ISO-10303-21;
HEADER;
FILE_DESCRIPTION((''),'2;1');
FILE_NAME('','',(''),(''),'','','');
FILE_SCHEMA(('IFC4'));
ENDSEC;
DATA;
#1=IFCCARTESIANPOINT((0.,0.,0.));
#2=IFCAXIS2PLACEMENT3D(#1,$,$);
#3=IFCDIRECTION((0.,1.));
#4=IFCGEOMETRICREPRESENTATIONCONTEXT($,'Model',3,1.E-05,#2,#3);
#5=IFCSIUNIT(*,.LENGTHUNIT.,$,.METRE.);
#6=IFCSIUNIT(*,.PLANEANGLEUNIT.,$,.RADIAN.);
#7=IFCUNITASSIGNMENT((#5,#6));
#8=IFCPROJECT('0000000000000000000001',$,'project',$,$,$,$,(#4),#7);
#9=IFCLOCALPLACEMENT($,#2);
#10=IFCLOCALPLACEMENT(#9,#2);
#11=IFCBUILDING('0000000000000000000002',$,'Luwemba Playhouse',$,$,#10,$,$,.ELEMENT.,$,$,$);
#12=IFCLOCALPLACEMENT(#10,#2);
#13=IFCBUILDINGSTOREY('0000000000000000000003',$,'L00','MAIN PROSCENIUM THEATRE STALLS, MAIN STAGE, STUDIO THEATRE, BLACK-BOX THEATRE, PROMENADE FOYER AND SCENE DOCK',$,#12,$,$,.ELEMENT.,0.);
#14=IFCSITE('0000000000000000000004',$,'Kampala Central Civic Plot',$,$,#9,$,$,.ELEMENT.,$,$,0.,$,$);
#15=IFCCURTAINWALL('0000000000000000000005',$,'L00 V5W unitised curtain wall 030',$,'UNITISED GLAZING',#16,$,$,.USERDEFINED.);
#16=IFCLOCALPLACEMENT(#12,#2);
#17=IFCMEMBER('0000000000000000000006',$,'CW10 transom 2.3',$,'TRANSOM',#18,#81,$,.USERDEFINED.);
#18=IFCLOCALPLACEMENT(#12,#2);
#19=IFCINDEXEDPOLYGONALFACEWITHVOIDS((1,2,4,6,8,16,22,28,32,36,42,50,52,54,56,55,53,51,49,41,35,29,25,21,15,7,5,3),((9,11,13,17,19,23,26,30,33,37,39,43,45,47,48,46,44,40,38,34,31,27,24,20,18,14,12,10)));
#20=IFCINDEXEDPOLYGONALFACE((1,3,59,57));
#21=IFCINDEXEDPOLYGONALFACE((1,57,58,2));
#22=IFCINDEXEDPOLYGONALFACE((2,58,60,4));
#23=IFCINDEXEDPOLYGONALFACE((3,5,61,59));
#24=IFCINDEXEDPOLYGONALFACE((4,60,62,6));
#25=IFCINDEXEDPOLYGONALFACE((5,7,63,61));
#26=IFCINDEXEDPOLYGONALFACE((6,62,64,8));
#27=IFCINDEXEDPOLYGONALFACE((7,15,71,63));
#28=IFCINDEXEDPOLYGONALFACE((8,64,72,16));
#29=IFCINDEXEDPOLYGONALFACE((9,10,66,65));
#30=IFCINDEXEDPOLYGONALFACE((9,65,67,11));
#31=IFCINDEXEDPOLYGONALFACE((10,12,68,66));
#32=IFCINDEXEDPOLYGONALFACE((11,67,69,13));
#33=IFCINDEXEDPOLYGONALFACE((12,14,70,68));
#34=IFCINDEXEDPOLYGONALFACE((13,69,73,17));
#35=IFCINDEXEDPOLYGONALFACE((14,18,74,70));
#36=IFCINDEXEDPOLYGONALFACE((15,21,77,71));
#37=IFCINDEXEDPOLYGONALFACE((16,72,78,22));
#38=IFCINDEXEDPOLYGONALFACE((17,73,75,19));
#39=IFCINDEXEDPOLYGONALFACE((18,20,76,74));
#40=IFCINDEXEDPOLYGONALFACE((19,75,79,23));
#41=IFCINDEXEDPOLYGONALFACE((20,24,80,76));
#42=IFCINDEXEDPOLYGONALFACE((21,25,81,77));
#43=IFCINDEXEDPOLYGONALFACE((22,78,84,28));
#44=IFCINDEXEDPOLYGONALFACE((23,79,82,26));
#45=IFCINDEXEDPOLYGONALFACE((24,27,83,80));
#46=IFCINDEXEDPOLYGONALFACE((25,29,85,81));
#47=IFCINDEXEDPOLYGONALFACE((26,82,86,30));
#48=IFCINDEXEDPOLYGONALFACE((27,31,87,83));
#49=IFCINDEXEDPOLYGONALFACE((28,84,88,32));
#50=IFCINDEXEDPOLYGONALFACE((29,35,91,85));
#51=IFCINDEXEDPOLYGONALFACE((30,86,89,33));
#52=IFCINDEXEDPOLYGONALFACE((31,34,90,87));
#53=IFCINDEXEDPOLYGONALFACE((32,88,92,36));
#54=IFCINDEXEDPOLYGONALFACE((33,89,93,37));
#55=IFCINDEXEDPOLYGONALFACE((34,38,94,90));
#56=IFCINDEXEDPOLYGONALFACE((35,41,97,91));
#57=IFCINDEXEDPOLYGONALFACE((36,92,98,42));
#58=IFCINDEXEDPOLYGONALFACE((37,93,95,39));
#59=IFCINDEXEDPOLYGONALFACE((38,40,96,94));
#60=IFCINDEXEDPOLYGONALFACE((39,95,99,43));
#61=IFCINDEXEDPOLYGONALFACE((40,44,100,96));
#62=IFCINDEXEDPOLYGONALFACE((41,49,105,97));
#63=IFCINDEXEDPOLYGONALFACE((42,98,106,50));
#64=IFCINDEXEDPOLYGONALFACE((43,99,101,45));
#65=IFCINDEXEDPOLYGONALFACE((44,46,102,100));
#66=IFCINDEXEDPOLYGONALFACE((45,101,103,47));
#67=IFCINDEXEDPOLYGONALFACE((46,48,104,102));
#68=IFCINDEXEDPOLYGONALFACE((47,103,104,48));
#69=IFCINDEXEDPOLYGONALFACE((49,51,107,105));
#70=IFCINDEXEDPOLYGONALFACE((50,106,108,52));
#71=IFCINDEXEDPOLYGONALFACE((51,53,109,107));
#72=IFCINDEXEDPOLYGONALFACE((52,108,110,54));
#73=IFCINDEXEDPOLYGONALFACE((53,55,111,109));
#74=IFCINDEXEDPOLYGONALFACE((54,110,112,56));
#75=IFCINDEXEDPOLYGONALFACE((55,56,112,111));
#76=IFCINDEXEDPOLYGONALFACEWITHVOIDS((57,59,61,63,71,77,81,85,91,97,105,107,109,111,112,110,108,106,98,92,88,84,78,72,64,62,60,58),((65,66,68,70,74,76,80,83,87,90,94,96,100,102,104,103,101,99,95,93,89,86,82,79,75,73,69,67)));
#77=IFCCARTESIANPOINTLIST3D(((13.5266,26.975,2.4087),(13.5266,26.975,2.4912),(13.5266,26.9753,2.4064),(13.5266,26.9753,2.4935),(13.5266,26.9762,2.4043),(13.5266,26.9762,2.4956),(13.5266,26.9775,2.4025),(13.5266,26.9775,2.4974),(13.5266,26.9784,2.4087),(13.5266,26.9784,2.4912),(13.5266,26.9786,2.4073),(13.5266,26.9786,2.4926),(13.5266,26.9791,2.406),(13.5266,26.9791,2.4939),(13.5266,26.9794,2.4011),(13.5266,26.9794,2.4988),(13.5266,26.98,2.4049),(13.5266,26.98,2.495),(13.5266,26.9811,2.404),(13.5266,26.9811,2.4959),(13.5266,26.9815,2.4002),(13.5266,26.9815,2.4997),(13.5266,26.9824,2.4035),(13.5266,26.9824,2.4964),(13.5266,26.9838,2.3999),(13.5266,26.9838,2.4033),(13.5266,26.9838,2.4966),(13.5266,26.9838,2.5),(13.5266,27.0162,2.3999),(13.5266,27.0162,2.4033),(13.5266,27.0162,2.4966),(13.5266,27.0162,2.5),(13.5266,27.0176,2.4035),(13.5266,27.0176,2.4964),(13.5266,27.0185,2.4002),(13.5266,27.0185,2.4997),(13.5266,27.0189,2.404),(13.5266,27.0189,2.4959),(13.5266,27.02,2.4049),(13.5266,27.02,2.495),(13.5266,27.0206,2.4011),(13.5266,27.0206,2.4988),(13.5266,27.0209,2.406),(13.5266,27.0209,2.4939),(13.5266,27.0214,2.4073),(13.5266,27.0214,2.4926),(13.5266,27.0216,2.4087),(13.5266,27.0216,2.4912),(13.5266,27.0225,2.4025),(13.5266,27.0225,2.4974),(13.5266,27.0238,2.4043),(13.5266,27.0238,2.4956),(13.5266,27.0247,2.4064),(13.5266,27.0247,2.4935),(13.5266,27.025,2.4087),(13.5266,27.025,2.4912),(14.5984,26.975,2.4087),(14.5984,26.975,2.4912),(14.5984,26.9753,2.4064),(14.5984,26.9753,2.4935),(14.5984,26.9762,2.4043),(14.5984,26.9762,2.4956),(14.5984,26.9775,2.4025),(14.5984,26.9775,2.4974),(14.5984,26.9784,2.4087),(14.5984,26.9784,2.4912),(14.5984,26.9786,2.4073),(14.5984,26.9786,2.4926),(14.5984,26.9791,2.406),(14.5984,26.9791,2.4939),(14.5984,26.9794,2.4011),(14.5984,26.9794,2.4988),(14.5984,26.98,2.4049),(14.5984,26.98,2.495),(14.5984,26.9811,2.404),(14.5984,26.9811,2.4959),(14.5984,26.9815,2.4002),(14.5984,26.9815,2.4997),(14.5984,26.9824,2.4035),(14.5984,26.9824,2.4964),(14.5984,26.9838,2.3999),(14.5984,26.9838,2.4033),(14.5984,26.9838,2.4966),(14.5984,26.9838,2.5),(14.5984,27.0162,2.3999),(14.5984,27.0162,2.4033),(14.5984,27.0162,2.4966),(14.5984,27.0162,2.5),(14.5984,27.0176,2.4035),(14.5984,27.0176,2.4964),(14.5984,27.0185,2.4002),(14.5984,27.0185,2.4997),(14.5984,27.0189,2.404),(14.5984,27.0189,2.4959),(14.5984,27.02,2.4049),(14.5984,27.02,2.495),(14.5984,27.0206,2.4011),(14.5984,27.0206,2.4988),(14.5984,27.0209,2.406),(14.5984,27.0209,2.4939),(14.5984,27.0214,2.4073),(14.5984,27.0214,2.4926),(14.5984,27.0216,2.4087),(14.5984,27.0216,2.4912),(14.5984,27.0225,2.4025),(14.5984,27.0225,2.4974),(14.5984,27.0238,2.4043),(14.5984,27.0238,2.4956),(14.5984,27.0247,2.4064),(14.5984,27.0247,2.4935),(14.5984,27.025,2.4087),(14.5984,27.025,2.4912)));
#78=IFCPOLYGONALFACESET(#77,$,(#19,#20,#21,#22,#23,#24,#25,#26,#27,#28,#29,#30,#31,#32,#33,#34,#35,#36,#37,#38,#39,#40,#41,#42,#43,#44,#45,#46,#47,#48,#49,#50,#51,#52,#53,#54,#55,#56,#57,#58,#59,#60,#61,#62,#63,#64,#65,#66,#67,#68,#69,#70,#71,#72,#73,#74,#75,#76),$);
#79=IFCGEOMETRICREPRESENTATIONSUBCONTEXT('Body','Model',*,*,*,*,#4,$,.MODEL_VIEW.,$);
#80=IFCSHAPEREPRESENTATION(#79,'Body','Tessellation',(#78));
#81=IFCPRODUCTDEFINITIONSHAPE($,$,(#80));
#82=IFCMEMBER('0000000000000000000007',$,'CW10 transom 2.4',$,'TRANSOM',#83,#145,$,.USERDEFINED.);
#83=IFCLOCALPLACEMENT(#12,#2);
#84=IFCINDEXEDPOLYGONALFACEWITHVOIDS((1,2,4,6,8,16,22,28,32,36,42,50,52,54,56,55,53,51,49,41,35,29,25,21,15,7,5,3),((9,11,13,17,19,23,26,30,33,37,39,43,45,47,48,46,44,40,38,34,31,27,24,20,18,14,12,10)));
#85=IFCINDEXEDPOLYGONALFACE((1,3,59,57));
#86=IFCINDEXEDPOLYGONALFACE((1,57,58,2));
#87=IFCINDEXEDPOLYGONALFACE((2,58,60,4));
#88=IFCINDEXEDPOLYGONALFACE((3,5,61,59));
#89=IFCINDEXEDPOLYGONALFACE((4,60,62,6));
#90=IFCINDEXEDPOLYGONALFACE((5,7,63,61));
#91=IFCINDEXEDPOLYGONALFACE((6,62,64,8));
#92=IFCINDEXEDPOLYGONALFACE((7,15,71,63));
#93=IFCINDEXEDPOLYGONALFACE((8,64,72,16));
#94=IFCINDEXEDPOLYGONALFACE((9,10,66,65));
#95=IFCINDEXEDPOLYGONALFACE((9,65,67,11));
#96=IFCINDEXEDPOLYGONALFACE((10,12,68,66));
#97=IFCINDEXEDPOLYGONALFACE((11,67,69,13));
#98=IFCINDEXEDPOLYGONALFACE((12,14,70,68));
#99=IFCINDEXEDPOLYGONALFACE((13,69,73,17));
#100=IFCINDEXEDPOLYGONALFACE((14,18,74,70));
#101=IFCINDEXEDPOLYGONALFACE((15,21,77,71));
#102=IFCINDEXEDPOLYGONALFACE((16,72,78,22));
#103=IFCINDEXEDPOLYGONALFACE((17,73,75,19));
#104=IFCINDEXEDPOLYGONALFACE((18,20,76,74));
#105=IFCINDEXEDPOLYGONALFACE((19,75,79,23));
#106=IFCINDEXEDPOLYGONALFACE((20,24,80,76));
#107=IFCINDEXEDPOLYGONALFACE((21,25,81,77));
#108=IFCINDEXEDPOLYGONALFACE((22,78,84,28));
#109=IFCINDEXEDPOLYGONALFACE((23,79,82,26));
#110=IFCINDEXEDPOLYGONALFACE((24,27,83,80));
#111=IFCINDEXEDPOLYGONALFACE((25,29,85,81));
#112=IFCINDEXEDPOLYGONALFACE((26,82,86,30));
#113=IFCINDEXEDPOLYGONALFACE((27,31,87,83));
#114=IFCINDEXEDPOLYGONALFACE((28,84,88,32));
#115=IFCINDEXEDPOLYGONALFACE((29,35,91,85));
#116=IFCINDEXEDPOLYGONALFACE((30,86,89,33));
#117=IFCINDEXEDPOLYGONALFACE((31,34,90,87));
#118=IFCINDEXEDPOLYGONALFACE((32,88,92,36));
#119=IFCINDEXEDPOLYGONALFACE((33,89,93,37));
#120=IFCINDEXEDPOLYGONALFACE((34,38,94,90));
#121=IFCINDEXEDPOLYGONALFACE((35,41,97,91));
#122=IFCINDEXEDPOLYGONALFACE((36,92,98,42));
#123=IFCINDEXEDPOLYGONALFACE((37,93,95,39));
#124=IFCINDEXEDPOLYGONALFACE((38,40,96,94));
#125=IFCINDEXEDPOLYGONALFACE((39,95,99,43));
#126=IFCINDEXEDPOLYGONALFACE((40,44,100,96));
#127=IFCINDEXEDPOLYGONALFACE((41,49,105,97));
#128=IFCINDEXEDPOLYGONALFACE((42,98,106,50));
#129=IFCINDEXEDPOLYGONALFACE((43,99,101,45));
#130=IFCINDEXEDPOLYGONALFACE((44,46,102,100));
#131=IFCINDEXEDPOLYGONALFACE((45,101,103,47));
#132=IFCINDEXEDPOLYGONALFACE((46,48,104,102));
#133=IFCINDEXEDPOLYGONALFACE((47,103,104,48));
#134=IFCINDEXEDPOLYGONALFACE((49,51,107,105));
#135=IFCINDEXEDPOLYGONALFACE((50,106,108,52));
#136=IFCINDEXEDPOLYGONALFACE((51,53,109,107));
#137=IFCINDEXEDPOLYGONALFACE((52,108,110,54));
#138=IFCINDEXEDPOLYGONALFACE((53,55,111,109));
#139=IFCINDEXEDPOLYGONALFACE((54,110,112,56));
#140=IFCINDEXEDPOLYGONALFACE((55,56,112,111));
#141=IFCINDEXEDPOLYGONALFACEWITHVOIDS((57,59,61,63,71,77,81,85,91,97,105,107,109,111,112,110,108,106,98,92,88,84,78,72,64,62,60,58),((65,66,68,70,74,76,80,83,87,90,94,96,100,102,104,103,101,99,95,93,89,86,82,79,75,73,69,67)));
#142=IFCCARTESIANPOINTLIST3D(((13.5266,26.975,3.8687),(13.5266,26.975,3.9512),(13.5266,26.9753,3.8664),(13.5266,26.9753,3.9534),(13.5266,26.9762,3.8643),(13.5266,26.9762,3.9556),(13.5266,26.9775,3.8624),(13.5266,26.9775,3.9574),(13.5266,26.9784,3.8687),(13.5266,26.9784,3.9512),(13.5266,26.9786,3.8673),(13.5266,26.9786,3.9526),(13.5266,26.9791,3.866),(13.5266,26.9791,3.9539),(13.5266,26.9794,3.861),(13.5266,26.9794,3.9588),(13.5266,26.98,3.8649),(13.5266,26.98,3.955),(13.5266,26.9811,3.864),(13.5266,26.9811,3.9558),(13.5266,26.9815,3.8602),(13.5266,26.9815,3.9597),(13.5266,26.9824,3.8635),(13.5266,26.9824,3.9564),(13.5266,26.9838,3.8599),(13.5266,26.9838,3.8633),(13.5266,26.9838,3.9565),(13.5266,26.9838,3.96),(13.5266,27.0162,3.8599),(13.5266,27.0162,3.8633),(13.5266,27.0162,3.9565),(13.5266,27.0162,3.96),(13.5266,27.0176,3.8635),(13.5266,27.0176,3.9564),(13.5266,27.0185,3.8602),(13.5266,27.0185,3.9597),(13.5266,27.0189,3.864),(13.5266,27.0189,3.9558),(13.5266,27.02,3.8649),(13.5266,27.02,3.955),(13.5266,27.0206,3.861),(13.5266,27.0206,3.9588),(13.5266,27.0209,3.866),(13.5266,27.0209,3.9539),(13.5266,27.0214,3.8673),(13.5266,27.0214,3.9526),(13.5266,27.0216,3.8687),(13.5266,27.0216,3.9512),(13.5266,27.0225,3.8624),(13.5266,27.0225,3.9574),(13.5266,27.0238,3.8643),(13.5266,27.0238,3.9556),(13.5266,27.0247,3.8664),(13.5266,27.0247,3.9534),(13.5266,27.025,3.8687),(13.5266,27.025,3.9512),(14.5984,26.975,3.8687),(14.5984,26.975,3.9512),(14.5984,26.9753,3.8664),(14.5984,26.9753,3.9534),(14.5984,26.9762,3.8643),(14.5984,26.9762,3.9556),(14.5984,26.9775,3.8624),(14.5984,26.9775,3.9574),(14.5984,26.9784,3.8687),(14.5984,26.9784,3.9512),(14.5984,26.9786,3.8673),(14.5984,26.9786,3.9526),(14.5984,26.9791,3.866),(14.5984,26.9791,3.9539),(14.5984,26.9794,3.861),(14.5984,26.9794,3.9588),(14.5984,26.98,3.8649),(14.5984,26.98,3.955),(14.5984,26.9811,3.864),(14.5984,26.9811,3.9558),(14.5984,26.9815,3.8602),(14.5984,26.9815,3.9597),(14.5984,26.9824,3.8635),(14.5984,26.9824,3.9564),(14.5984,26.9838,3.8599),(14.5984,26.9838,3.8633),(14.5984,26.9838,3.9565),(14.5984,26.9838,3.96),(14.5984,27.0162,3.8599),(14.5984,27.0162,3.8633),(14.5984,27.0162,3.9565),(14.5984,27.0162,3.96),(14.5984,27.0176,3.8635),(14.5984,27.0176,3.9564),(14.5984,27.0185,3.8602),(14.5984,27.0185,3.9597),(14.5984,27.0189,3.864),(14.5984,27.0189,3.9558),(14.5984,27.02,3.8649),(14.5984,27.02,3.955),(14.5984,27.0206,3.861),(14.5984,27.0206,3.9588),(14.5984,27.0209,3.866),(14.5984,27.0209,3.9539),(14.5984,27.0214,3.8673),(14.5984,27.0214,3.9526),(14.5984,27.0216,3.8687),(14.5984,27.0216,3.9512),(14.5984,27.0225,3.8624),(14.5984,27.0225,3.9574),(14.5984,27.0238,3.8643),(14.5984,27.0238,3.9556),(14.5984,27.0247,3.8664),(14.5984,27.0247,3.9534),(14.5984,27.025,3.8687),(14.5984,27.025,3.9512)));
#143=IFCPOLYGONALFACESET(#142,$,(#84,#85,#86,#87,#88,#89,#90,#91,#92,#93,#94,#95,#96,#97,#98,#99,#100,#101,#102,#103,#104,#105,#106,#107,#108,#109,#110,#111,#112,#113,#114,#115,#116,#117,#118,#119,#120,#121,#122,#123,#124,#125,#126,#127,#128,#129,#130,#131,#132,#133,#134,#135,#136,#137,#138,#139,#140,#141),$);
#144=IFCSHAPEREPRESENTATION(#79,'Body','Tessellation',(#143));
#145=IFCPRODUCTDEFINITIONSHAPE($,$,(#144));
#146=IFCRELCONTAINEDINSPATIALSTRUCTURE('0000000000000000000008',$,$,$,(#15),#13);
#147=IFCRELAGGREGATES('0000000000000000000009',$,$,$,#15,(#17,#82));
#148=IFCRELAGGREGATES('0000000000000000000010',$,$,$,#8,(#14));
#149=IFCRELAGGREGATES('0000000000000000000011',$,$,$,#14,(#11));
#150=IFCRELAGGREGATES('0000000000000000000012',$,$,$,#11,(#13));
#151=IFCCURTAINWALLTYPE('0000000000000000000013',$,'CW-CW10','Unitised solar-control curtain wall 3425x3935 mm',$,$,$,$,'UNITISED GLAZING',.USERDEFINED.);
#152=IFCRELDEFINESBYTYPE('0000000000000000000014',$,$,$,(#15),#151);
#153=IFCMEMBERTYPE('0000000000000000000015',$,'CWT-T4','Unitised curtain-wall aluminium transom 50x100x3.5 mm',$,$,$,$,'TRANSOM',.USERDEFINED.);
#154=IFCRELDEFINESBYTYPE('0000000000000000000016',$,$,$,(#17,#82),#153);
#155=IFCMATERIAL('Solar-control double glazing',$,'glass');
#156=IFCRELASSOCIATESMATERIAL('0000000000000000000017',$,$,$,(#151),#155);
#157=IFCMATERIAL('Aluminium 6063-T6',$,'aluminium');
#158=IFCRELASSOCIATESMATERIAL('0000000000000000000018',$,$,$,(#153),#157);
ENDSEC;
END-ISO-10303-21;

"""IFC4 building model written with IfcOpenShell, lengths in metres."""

from ifc_helpers import new_model, si_unit, direction, frame, origin, origin_2d, place, context, subcontext, project, spatial, hollow_rectangle, extrude, material, material_profile, profile_set, type_object, element, aggregate, save


model = new_model("IFC4")

# Units and contexts
model_context = context("Model", 3, precision=1e-05, world=origin(), true_north=direction((0.0, 1.0)))
body_context = subcontext(model_context, "Body", "Model", "MODEL_VIEW")
ifc_project = project(units=[si_unit("LENGTHUNIT", "METRE"), si_unit("PLANEANGLEUNIT", "RADIAN")], contexts=[model_context])

# Site, building, storey
site_placement = place(None, origin())
site = spatial("IfcSite", under=ifc_project, at=site_placement, Name="Kampala Central Civic Plot", CompositionType="ELEMENT", RefElevation=0.0)
building_placement = place(site_placement, origin())
building = spatial("IfcBuilding", under=site, at=building_placement, Name="Luwemba Playhouse", CompositionType="ELEMENT")
storey_placement = place(building_placement, origin())
storey = spatial("IfcBuildingStorey", under=building, at=storey_placement, Name="L00", Description="MAIN PROSCENIUM THEATRE STALLS, MAIN STAGE, STUDIO THEATRE, BLACK-BOX THEATRE, PROMENADE FOYER AND SCENE DOCK", CompositionType="ELEMENT", Elevation=0.0)

# Shared definitions
ifc_material_1 = material(Name="Solar-control double glazing", Category="glass")
ifc_material_2 = material(Name="Aluminium 6063-T6", Category="aluminium")

# Curtain wall, members
curtain_wall_type_1 = type_object("IfcCurtainWallType", Name="CW-CW10", Description="Unitised solar-control curtain wall 3425x3935 mm", ElementType="UNITISED GLAZING", PredefinedType="USERDEFINED", material=ifc_material_1)
curtain_wall_1_placement = place(storey_placement, origin())
curtain_wall_1 = element("IfcCurtainWall", 1, at=curtain_wall_1_placement, inside=storey, type_object=curtain_wall_type_1, Name="L00 V5W unitised curtain wall 030", ObjectType="UNITISED GLAZING", PredefinedType="USERDEFINED")
ifc_material_profile_1 = material_profile(ifc_material_2, hollow_rectangle(XDim=0.05, YDim=0.1001, WallThickness=0.0034, InnerFilletRadius=0.0054, OuterFilletRadius=0.0088, at=origin_2d()))
ifc_profile_set_1 = profile_set([ifc_material_profile_1], Name="Aluminium 6063-T6")
member_type_1 = type_object("IfcMemberType", Name="CWT-T4", Description="Unitised curtain-wall aluminium transom 50x100x3.5 mm", ElementType="TRANSOM", PredefinedType="USERDEFINED", material=ifc_profile_set_1)
member_1_placement = place(storey_placement, frame((13.5266, 27.0, 2.45), z_axis=(1.0, 0.0, 0.0), x_axis=(0.0, 1.0, 0.0)))
member_1 = element("IfcMember", 2, at=member_1_placement, type_object=member_type_1, Name="CW10 transom 2.3", ObjectType="TRANSOM", PredefinedType="USERDEFINED", context=body_context, shape_type="SweptSolid", body=[
    extrude(hollow_rectangle(XDim=0.05, YDim=0.1001, WallThickness=0.0034, InnerFilletRadius=0.0054, OuterFilletRadius=0.0088, at=origin_2d()), origin(), (0.0, 0.0, 1.0), 1.0718),
])
member_2_placement = place(storey_placement, frame((13.5266, 27.0, 3.9099), z_axis=(1.0, 0.0, 0.0), x_axis=(0.0, 1.0, 0.0)))
member_2 = element("IfcMember", 3, at=member_2_placement, type_object=member_type_1, Name="CW10 transom 2.4", ObjectType="TRANSOM", PredefinedType="USERDEFINED", context=body_context, shape_type="SweptSolid", body=[
    extrude(hollow_rectangle(XDim=0.05, YDim=0.1001, WallThickness=0.0034, InnerFilletRadius=0.0054, OuterFilletRadius=0.0088, at=origin_2d()), origin(), (0.0, 0.0, 1.0), 1.0718),
])

aggregate(curtain_wall_1, [member_1, member_2])

save(model, "model.ifc")
